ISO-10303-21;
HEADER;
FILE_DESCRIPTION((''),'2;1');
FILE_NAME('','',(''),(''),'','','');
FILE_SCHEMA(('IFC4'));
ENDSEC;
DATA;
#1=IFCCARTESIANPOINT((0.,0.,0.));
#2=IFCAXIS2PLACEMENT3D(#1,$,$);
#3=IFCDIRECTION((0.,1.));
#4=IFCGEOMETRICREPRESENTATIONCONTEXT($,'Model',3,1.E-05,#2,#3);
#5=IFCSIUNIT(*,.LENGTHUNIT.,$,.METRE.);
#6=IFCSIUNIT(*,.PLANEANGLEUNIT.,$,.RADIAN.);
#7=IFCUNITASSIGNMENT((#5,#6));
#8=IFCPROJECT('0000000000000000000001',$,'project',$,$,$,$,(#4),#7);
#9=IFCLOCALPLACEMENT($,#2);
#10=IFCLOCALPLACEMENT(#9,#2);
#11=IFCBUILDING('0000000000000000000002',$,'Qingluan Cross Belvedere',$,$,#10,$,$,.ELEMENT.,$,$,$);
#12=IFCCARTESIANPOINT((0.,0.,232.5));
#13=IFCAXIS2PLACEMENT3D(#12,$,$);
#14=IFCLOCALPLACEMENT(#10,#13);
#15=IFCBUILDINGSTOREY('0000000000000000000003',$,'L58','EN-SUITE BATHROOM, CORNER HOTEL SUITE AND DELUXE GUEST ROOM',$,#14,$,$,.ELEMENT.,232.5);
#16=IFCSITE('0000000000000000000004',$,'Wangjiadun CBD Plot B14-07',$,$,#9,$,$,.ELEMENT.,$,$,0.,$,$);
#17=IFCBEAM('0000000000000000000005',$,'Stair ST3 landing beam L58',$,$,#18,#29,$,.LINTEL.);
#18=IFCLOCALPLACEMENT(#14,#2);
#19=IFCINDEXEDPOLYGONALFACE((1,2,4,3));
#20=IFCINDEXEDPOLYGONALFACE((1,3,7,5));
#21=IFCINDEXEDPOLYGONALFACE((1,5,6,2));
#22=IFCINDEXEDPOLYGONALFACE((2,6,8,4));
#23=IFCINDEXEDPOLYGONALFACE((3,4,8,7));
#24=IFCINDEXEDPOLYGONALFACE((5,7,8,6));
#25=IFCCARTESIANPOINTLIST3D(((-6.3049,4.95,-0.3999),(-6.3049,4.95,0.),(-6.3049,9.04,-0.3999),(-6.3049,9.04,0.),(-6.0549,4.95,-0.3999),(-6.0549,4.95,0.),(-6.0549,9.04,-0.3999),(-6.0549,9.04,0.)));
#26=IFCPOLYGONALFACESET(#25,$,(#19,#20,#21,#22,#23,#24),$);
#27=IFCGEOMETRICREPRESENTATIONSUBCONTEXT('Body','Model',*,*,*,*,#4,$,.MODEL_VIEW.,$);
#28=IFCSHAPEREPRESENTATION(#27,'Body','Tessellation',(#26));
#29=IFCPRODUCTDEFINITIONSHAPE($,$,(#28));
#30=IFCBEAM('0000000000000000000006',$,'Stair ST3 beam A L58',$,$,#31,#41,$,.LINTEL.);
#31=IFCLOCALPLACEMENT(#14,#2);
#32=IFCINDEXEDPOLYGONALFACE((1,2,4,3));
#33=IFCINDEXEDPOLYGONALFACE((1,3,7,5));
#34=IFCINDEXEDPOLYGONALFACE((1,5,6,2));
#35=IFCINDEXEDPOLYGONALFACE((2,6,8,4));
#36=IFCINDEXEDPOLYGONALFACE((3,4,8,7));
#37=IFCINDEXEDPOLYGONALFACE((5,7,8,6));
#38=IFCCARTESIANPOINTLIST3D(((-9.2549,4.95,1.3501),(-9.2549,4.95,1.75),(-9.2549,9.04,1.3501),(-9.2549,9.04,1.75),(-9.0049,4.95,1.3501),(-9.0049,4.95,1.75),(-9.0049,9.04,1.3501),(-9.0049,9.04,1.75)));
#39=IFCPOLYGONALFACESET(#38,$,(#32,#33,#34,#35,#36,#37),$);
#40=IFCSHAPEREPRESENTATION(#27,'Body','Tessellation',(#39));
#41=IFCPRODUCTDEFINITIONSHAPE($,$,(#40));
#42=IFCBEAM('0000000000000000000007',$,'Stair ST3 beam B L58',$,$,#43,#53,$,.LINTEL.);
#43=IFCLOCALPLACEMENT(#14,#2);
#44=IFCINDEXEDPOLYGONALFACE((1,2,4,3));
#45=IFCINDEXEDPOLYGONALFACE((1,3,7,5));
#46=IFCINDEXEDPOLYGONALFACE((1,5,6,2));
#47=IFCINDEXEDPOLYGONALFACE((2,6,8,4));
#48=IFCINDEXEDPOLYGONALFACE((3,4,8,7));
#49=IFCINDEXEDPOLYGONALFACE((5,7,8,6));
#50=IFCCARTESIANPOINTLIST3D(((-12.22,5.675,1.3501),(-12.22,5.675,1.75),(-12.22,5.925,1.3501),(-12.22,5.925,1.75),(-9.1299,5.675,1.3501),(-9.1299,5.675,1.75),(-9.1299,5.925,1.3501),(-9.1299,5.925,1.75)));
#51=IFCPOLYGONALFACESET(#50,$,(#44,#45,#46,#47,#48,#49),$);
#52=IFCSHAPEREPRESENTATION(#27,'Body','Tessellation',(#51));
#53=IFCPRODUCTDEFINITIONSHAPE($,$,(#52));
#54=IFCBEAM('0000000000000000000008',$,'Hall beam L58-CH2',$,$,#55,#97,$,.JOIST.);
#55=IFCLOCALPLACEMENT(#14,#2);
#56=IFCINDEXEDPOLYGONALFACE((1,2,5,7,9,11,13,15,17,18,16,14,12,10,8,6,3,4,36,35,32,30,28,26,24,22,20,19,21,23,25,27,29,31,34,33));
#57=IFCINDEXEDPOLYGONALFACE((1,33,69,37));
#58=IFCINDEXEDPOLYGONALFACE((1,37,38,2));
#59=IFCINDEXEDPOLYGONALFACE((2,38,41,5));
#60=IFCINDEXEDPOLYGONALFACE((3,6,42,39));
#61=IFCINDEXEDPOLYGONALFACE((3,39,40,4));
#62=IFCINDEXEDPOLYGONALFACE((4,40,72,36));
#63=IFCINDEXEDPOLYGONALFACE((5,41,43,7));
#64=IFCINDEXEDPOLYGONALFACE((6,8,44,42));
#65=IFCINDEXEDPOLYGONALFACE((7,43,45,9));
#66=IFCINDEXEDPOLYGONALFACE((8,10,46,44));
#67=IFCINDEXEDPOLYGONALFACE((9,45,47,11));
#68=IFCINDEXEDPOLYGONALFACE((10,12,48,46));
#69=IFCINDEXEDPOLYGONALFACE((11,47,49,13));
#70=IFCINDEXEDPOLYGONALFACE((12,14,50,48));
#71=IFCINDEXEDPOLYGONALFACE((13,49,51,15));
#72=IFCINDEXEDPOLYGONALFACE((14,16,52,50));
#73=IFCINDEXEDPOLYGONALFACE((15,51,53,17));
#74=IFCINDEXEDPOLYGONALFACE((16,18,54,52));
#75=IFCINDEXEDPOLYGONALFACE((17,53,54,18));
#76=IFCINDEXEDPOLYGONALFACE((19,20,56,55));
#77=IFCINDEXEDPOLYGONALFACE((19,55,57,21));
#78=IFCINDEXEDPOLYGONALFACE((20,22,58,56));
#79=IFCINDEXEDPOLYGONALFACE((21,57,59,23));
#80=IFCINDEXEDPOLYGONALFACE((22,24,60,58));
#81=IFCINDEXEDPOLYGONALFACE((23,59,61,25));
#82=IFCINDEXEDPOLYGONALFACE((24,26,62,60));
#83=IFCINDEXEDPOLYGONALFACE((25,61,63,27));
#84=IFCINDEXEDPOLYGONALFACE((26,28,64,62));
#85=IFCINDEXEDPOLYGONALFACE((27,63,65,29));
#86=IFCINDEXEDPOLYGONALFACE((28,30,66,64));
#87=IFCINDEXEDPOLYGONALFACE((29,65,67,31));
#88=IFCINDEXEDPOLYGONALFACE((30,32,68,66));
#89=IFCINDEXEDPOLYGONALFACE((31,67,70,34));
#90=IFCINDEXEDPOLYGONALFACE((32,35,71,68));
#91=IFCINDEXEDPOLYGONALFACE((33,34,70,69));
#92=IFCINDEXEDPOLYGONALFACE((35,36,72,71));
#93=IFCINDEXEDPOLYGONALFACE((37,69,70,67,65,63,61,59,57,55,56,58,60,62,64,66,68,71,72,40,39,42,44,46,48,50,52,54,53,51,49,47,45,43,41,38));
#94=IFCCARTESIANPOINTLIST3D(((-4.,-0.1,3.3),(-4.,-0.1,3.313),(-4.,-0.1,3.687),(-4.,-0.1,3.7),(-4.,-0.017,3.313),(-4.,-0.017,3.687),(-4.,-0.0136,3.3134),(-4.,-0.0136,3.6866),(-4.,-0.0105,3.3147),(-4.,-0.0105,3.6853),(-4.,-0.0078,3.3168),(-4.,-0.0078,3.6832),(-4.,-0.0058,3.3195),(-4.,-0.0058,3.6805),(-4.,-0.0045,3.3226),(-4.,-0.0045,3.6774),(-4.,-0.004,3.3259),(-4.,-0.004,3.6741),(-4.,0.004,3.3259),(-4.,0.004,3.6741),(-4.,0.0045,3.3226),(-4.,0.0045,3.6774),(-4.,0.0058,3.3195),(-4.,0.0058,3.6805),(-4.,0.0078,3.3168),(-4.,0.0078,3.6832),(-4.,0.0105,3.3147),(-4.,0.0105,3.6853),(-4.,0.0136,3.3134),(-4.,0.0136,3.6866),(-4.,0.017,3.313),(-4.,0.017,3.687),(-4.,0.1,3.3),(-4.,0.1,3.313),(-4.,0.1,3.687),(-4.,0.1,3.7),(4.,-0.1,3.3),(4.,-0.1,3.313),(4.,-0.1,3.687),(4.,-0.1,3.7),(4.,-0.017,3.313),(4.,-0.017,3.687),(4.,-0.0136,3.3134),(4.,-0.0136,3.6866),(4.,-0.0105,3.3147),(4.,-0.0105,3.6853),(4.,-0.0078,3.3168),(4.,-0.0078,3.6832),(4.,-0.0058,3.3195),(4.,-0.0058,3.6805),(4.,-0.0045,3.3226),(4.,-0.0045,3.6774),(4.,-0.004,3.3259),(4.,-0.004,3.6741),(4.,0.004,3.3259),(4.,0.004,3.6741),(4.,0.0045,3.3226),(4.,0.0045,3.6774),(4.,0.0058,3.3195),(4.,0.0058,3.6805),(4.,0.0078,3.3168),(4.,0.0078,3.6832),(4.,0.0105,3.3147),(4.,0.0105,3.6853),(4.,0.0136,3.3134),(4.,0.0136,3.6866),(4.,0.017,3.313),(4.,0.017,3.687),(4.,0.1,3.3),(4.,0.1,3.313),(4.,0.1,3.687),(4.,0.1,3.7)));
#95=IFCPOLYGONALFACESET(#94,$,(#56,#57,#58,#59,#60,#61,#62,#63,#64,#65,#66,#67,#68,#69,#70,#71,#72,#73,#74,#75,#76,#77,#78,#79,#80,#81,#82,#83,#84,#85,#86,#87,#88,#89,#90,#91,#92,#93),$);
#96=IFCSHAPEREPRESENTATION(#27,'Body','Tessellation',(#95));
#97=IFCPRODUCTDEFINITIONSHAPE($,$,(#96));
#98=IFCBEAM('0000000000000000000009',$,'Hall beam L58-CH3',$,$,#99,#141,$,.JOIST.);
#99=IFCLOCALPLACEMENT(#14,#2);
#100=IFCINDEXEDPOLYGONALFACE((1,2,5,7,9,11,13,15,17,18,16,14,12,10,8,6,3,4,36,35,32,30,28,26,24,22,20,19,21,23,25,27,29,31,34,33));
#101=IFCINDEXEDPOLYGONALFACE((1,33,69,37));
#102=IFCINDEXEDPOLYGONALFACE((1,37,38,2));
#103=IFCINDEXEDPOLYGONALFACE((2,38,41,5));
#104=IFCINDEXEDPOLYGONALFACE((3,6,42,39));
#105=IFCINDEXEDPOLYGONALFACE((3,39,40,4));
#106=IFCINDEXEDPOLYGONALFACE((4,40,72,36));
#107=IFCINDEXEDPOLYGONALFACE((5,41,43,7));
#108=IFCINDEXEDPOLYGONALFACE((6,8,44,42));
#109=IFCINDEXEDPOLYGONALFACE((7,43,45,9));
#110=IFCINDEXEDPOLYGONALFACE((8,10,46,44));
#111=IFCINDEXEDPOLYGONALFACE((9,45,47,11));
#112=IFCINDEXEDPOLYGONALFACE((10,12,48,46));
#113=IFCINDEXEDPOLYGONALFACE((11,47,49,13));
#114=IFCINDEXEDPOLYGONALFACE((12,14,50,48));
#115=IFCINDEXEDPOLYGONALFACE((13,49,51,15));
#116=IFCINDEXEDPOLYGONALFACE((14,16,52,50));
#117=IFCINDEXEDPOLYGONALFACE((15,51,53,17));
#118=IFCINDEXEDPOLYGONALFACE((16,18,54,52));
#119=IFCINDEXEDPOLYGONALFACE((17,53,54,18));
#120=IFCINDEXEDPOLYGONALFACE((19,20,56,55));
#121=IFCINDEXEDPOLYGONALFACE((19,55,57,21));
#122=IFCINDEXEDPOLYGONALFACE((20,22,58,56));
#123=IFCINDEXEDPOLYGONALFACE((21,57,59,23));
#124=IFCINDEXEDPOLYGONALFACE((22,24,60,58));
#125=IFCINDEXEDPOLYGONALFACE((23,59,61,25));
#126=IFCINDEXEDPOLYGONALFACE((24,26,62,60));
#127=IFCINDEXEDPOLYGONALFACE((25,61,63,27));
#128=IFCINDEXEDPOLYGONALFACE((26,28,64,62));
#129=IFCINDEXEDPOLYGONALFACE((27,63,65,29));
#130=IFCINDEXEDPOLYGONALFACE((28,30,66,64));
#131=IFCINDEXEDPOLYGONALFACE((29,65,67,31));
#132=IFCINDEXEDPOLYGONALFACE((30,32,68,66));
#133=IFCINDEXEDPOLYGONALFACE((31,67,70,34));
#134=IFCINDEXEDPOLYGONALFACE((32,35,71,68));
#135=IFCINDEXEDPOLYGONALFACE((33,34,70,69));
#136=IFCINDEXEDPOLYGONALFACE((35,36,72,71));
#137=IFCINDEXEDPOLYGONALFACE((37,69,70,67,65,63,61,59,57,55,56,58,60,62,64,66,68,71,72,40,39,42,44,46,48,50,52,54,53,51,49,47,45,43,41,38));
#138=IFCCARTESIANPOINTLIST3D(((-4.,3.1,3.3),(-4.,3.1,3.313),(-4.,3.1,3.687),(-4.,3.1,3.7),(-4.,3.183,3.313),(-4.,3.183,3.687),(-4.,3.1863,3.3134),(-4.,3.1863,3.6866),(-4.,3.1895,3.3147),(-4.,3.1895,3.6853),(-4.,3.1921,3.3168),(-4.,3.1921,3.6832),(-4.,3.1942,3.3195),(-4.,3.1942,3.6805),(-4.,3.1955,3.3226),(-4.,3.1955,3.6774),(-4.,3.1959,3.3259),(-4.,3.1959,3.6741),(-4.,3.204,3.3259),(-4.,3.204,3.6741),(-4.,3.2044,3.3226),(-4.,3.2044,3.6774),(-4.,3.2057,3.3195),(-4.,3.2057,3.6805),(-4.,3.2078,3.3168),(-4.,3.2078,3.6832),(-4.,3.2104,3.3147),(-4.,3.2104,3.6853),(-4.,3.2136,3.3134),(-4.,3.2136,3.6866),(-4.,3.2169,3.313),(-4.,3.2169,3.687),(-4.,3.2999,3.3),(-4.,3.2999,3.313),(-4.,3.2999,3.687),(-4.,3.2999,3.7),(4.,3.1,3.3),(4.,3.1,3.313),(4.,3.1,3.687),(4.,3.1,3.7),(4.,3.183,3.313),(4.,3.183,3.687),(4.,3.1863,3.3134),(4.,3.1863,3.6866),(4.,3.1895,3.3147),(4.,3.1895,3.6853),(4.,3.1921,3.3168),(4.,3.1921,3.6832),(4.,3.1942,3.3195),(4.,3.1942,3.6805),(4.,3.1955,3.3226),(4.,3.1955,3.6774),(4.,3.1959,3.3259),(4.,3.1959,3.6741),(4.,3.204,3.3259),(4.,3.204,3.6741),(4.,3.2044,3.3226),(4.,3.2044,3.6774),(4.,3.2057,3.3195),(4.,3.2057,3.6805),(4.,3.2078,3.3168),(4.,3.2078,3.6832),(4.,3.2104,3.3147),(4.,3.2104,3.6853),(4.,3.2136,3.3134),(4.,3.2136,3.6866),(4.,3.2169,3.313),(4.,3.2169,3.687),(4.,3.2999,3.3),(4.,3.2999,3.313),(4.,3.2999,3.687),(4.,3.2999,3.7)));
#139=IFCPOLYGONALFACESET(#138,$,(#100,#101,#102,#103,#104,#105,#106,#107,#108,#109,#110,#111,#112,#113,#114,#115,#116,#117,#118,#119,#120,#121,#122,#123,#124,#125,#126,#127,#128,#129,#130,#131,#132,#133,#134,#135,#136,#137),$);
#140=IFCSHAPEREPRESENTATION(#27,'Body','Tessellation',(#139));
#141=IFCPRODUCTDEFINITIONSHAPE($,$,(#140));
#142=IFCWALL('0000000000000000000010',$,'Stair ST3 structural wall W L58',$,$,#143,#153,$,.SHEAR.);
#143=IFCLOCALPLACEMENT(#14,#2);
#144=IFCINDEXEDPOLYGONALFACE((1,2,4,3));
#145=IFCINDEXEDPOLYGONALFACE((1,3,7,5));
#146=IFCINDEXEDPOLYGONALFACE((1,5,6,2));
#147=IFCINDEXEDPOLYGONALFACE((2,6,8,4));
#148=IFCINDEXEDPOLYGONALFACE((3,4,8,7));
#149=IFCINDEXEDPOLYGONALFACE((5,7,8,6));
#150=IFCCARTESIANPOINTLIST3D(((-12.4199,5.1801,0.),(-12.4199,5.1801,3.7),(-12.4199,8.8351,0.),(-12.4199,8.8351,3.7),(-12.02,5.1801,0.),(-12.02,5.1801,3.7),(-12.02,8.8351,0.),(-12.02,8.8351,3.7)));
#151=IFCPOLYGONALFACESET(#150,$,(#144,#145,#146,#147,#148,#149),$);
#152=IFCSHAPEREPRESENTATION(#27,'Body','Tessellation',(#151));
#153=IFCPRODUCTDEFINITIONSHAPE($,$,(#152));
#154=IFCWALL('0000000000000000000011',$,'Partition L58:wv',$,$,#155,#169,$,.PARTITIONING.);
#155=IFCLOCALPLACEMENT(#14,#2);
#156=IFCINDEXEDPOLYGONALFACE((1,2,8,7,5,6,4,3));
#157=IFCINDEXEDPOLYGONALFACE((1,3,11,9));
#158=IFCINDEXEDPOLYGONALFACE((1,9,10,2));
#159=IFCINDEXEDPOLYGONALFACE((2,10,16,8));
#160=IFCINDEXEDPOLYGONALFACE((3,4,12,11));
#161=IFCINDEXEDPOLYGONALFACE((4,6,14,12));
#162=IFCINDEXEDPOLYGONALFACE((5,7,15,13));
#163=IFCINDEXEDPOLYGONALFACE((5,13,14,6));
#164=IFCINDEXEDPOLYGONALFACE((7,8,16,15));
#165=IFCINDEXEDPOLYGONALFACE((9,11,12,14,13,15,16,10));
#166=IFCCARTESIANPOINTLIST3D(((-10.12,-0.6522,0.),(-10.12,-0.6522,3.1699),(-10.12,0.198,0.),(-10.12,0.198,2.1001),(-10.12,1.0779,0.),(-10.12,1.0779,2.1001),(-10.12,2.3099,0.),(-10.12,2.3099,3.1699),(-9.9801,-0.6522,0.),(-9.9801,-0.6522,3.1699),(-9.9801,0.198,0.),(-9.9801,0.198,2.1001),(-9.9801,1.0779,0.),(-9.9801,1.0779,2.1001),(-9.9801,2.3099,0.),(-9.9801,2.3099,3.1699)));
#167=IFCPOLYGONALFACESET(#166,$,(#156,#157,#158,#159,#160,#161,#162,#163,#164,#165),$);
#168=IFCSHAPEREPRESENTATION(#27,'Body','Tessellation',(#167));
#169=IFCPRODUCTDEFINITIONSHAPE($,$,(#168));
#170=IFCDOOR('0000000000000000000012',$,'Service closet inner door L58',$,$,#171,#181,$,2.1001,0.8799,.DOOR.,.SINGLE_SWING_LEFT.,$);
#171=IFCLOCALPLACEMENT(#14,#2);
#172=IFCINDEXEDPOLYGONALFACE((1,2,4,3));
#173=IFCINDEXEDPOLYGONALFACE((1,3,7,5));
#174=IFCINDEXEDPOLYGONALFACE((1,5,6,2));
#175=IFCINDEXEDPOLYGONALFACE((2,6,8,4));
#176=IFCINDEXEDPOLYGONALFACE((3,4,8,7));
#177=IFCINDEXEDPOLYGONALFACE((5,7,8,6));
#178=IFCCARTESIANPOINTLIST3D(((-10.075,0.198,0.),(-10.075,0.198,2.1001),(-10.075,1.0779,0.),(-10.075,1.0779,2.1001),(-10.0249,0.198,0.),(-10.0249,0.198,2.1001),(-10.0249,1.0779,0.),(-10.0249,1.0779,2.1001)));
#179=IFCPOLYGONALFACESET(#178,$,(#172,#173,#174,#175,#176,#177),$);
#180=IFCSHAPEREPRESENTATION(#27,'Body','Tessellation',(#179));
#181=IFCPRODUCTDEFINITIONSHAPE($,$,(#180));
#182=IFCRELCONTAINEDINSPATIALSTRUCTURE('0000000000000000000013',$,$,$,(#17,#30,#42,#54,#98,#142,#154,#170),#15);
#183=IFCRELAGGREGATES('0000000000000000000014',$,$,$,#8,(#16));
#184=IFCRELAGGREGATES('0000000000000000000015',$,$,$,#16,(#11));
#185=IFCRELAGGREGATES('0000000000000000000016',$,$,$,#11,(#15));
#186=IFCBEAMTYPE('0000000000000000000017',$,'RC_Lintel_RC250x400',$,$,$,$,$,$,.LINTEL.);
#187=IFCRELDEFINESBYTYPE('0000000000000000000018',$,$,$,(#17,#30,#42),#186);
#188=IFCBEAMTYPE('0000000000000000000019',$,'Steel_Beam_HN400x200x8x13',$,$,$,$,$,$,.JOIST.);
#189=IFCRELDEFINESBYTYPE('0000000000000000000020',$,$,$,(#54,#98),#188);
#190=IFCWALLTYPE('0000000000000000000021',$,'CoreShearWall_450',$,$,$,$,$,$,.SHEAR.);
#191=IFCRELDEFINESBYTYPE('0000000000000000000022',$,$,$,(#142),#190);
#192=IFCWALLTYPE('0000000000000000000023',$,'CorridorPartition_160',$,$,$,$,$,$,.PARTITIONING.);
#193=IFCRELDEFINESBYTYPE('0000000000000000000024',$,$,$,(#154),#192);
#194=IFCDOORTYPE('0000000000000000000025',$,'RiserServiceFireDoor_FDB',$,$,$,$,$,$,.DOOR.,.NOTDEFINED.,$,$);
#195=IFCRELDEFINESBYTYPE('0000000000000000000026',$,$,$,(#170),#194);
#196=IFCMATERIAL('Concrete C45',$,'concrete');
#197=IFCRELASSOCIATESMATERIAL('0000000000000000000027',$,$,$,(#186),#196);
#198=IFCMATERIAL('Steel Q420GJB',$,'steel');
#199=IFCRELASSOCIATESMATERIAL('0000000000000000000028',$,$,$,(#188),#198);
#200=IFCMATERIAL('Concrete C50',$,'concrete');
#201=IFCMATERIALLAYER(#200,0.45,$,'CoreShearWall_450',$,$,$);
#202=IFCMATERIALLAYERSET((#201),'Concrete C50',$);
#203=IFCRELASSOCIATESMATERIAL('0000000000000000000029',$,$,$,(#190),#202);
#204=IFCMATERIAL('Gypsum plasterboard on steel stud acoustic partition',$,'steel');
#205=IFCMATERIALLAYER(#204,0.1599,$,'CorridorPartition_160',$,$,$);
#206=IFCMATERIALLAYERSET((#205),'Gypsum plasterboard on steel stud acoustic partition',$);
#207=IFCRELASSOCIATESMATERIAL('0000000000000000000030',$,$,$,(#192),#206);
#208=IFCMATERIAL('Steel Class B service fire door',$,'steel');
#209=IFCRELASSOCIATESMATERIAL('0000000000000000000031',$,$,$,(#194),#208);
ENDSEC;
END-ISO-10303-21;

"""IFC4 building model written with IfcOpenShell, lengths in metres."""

from ifc_helpers import new_model, si_unit, direction, frame, frame_2d, origin, origin_2d, place, context, subcontext, project, spatial, rectangle, i_section, extrude, material, layer, layer_set, material_profile, profile_set, type_object, element, fill, save


model = new_model("IFC4")

# Units and contexts
model_context = context("Model", 3, precision=1e-05, world=origin(), true_north=direction((0.0, 1.0)))
body_context = subcontext(model_context, "Body", "Model", "MODEL_VIEW")
ifc_project = project(units=[si_unit("LENGTHUNIT", "METRE"), si_unit("PLANEANGLEUNIT", "RADIAN")], contexts=[model_context])

# Site, building, storey
site_placement = place(None, origin())
site = spatial("IfcSite", under=ifc_project, at=site_placement, Name="Wangjiadun CBD Plot B14-07", CompositionType="ELEMENT", RefElevation=0.0)
building_placement = place(site_placement, origin())
building = spatial("IfcBuilding", under=site, at=building_placement, Name="Qingluan Cross Belvedere", CompositionType="ELEMENT")
storey_placement = place(building_placement, frame((0.0, 0.0, 232.5)))
storey = spatial("IfcBuildingStorey", under=building, at=storey_placement, Name="L58", Description="EN-SUITE BATHROOM, CORNER HOTEL SUITE AND DELUXE GUEST ROOM", CompositionType="ELEMENT", Elevation=232.5)

# Beams
ifc_material_1 = material(Name="Concrete C45", Category="concrete")
ifc_material_profile_1 = material_profile(ifc_material_1, rectangle(XDim=0.25, YDim=0.3999, at=origin_2d()), Name="RC250x400")
ifc_profile_set_1 = profile_set([ifc_material_profile_1], Name="Concrete C45")
beam_type_1 = type_object("IfcBeamType", Name="RC_Lintel_RC250x400", PredefinedType="LINTEL", material=ifc_profile_set_1)
for number, where, z_axis, x_axis, name in (
    (1, (-6.1799, 4.95, -0.2), (0.0, 1.0, 0.0), (-1.0, 0.0, 0.0), "Stair ST3 landing beam L58"),
    (2, (-9.1299, 4.95, 1.55), (0.0, 1.0, 0.0), (-1.0, 0.0, 0.0), "Stair ST3 beam A L58"),
):
    element("IfcBeam", number, at=place(storey_placement, frame(where, z_axis=z_axis, x_axis=x_axis)), inside=storey, type_object=beam_type_1, Name=name, PredefinedType="LINTEL", context=body_context, shape_type="SweptSolid", body=[
        extrude(rectangle(XDim=0.25, YDim=0.3999, at=origin_2d()), origin(), (0.0, 0.0, 1.0), 4.0901),
    ])
beam_placement = place(storey_placement, frame((-12.22, 5.8, 1.55), z_axis=(1.0, 0.0, 0.0), x_axis=(0.0, 1.0, 0.0)))
element("IfcBeam", 3, at=beam_placement, inside=storey, type_object=beam_type_1, Name="Stair ST3 beam B L58", PredefinedType="LINTEL", context=body_context, shape_type="SweptSolid", body=[
    extrude(rectangle(XDim=0.25, YDim=0.3999, at=origin_2d()), origin(), (0.0, 0.0, 1.0), 3.0901),
])
ifc_material_2 = material(Name="Steel Q420GJB", Category="steel")
ifc_material_profile_2 = material_profile(ifc_material_2, i_section(OverallWidth=0.2, OverallDepth=0.3999, WebThickness=0.0081, FlangeThickness=0.0129, FilletRadius=0.0129, at=origin_2d()), Name="HN400x200x8x13")
ifc_profile_set_2 = profile_set([ifc_material_profile_2], Name="Steel Q420GJB")
beam_type_2 = type_object("IfcBeamType", Name="Steel_Beam_HN400x200x8x13", PredefinedType="JOIST", material=ifc_profile_set_2)
for number, where, z_axis, x_axis, name in (
    (4, (-4.0, 0.0, 3.5), (1.0, 0.0, 0.0), (0.0, 1.0, 0.0), "Hall beam L58-CH2"),
    (5, (-4.0, 3.2, 3.5), (1.0, 0.0, 0.0), (0.0, 1.0, 0.0), "Hall beam L58-CH3"),
):
    element("IfcBeam", number, at=place(storey_placement, frame(where, z_axis=z_axis, x_axis=x_axis)), inside=storey, type_object=beam_type_2, Name=name, PredefinedType="JOIST", context=body_context, shape_type="SweptSolid", body=[
        extrude(i_section(OverallWidth=0.2, OverallDepth=0.3999, WebThickness=0.0081, FlangeThickness=0.0129, FilletRadius=0.0129, at=origin_2d()), origin(), (0.0, 0.0, 1.0), 8.0),
    ])

# Wall
ifc_material_3 = material(Name="Concrete C50", Category="concrete")
ifc_layer_1 = layer(ifc_material_3, 0.45, Name="CoreShearWall_450")
ifc_layer_set_1 = layer_set([ifc_layer_1], Name="Concrete C50")
wall_type_1 = type_object("IfcWallType", Name="CoreShearWall_450", PredefinedType="SHEAR", material=ifc_layer_set_1)
wall_1_placement = place(storey_placement, frame((-12.22, 5.1799, 0.0), z_axis=(0.0, 0.0, 1.0), x_axis=(0.0, 1.0, 0.0)))
element("IfcWall", 6, at=wall_1_placement, inside=storey, type_object=wall_type_1, Name="Stair ST3 structural wall W L58", PredefinedType="SHEAR", context=body_context, shape_type="SweptSolid", body=[
    extrude(rectangle(XDim=3.655, YDim=0.3999, at=frame_2d((1.8276, 0.0))), origin(), (0.0, 0.0, 1.0), 3.7),
])

# Wall, opening, door
ifc_material_4 = material(Name="Gypsum plasterboard on steel stud acoustic partition", Category="steel")
ifc_layer_2 = layer(ifc_material_4, 0.1599, Name="CorridorPartition_160")
ifc_layer_set_2 = layer_set([ifc_layer_2], Name="Gypsum plasterboard on steel stud acoustic partition")
wall_type_2 = type_object("IfcWallType", Name="CorridorPartition_160", PredefinedType="PARTITIONING", material=ifc_layer_set_2)
wall_2_placement = place(storey_placement, frame((-10.05, -0.6521, 0.0), z_axis=(0.0, 0.0, 1.0), x_axis=(0.0, 1.0, 0.0)))
wall_2 = element("IfcWall", 7, at=wall_2_placement, inside=storey, type_object=wall_type_2, Name="Partition L58:wv", PredefinedType="PARTITIONING", context=body_context, shape_type="SweptSolid", body=[
    extrude(rectangle(XDim=2.9622, YDim=0.1399, at=frame_2d((1.481, 0.0))), origin(), (0.0, 0.0, 1.0), 3.1699),
])
opening_1_placement = place(wall_2_placement, frame((0.8501, 0.0, 0.0)))
opening_1 = element("IfcOpeningElement", 8, at=opening_1_placement, cuts=wall_2, PredefinedType="OPENING", context=body_context, shape_type="SweptSolid", body=[
    extrude(rectangle(XDim=0.8799, YDim=2.1001, at=frame_2d((0.4399, 1.05))), frame((0.0, 0.0798, 0.0), z_axis=(0.0, -1.0, 0.0), x_axis=(1.0, 0.0, 0.0)), (0.0, 0.0, 1.0), 0.1599),
])
ifc_material_5 = material(Name="Steel Class B service fire door", Category="steel")
door_type_1 = type_object("IfcDoorType", Name="RiserServiceFireDoor_FDB", OperationType="NOTDEFINED", PredefinedType="DOOR", material=ifc_material_5)
door_1_placement = place(opening_1_placement, origin())
door_1 = element("IfcDoor", 9, at=door_1_placement, inside=storey, type_object=door_type_1, Name="Service closet inner door L58", OperationType="SINGLE_SWING_LEFT", OverallHeight=2.1001, OverallWidth=0.8799, PredefinedType="DOOR", context=body_context, shape_type="SweptSolid", body=[
    extrude(rectangle(XDim=0.8799, YDim=2.1001, at=frame_2d((0.4399, 1.05))), frame((0.0, 0.0249, 0.0), z_axis=(0.0, -1.0, 0.0), x_axis=(1.0, 0.0, 0.0)), (0.0, 0.0, 1.0), 0.05),
])
fill(opening_1, door_1)

save(model, "model.ifc")
